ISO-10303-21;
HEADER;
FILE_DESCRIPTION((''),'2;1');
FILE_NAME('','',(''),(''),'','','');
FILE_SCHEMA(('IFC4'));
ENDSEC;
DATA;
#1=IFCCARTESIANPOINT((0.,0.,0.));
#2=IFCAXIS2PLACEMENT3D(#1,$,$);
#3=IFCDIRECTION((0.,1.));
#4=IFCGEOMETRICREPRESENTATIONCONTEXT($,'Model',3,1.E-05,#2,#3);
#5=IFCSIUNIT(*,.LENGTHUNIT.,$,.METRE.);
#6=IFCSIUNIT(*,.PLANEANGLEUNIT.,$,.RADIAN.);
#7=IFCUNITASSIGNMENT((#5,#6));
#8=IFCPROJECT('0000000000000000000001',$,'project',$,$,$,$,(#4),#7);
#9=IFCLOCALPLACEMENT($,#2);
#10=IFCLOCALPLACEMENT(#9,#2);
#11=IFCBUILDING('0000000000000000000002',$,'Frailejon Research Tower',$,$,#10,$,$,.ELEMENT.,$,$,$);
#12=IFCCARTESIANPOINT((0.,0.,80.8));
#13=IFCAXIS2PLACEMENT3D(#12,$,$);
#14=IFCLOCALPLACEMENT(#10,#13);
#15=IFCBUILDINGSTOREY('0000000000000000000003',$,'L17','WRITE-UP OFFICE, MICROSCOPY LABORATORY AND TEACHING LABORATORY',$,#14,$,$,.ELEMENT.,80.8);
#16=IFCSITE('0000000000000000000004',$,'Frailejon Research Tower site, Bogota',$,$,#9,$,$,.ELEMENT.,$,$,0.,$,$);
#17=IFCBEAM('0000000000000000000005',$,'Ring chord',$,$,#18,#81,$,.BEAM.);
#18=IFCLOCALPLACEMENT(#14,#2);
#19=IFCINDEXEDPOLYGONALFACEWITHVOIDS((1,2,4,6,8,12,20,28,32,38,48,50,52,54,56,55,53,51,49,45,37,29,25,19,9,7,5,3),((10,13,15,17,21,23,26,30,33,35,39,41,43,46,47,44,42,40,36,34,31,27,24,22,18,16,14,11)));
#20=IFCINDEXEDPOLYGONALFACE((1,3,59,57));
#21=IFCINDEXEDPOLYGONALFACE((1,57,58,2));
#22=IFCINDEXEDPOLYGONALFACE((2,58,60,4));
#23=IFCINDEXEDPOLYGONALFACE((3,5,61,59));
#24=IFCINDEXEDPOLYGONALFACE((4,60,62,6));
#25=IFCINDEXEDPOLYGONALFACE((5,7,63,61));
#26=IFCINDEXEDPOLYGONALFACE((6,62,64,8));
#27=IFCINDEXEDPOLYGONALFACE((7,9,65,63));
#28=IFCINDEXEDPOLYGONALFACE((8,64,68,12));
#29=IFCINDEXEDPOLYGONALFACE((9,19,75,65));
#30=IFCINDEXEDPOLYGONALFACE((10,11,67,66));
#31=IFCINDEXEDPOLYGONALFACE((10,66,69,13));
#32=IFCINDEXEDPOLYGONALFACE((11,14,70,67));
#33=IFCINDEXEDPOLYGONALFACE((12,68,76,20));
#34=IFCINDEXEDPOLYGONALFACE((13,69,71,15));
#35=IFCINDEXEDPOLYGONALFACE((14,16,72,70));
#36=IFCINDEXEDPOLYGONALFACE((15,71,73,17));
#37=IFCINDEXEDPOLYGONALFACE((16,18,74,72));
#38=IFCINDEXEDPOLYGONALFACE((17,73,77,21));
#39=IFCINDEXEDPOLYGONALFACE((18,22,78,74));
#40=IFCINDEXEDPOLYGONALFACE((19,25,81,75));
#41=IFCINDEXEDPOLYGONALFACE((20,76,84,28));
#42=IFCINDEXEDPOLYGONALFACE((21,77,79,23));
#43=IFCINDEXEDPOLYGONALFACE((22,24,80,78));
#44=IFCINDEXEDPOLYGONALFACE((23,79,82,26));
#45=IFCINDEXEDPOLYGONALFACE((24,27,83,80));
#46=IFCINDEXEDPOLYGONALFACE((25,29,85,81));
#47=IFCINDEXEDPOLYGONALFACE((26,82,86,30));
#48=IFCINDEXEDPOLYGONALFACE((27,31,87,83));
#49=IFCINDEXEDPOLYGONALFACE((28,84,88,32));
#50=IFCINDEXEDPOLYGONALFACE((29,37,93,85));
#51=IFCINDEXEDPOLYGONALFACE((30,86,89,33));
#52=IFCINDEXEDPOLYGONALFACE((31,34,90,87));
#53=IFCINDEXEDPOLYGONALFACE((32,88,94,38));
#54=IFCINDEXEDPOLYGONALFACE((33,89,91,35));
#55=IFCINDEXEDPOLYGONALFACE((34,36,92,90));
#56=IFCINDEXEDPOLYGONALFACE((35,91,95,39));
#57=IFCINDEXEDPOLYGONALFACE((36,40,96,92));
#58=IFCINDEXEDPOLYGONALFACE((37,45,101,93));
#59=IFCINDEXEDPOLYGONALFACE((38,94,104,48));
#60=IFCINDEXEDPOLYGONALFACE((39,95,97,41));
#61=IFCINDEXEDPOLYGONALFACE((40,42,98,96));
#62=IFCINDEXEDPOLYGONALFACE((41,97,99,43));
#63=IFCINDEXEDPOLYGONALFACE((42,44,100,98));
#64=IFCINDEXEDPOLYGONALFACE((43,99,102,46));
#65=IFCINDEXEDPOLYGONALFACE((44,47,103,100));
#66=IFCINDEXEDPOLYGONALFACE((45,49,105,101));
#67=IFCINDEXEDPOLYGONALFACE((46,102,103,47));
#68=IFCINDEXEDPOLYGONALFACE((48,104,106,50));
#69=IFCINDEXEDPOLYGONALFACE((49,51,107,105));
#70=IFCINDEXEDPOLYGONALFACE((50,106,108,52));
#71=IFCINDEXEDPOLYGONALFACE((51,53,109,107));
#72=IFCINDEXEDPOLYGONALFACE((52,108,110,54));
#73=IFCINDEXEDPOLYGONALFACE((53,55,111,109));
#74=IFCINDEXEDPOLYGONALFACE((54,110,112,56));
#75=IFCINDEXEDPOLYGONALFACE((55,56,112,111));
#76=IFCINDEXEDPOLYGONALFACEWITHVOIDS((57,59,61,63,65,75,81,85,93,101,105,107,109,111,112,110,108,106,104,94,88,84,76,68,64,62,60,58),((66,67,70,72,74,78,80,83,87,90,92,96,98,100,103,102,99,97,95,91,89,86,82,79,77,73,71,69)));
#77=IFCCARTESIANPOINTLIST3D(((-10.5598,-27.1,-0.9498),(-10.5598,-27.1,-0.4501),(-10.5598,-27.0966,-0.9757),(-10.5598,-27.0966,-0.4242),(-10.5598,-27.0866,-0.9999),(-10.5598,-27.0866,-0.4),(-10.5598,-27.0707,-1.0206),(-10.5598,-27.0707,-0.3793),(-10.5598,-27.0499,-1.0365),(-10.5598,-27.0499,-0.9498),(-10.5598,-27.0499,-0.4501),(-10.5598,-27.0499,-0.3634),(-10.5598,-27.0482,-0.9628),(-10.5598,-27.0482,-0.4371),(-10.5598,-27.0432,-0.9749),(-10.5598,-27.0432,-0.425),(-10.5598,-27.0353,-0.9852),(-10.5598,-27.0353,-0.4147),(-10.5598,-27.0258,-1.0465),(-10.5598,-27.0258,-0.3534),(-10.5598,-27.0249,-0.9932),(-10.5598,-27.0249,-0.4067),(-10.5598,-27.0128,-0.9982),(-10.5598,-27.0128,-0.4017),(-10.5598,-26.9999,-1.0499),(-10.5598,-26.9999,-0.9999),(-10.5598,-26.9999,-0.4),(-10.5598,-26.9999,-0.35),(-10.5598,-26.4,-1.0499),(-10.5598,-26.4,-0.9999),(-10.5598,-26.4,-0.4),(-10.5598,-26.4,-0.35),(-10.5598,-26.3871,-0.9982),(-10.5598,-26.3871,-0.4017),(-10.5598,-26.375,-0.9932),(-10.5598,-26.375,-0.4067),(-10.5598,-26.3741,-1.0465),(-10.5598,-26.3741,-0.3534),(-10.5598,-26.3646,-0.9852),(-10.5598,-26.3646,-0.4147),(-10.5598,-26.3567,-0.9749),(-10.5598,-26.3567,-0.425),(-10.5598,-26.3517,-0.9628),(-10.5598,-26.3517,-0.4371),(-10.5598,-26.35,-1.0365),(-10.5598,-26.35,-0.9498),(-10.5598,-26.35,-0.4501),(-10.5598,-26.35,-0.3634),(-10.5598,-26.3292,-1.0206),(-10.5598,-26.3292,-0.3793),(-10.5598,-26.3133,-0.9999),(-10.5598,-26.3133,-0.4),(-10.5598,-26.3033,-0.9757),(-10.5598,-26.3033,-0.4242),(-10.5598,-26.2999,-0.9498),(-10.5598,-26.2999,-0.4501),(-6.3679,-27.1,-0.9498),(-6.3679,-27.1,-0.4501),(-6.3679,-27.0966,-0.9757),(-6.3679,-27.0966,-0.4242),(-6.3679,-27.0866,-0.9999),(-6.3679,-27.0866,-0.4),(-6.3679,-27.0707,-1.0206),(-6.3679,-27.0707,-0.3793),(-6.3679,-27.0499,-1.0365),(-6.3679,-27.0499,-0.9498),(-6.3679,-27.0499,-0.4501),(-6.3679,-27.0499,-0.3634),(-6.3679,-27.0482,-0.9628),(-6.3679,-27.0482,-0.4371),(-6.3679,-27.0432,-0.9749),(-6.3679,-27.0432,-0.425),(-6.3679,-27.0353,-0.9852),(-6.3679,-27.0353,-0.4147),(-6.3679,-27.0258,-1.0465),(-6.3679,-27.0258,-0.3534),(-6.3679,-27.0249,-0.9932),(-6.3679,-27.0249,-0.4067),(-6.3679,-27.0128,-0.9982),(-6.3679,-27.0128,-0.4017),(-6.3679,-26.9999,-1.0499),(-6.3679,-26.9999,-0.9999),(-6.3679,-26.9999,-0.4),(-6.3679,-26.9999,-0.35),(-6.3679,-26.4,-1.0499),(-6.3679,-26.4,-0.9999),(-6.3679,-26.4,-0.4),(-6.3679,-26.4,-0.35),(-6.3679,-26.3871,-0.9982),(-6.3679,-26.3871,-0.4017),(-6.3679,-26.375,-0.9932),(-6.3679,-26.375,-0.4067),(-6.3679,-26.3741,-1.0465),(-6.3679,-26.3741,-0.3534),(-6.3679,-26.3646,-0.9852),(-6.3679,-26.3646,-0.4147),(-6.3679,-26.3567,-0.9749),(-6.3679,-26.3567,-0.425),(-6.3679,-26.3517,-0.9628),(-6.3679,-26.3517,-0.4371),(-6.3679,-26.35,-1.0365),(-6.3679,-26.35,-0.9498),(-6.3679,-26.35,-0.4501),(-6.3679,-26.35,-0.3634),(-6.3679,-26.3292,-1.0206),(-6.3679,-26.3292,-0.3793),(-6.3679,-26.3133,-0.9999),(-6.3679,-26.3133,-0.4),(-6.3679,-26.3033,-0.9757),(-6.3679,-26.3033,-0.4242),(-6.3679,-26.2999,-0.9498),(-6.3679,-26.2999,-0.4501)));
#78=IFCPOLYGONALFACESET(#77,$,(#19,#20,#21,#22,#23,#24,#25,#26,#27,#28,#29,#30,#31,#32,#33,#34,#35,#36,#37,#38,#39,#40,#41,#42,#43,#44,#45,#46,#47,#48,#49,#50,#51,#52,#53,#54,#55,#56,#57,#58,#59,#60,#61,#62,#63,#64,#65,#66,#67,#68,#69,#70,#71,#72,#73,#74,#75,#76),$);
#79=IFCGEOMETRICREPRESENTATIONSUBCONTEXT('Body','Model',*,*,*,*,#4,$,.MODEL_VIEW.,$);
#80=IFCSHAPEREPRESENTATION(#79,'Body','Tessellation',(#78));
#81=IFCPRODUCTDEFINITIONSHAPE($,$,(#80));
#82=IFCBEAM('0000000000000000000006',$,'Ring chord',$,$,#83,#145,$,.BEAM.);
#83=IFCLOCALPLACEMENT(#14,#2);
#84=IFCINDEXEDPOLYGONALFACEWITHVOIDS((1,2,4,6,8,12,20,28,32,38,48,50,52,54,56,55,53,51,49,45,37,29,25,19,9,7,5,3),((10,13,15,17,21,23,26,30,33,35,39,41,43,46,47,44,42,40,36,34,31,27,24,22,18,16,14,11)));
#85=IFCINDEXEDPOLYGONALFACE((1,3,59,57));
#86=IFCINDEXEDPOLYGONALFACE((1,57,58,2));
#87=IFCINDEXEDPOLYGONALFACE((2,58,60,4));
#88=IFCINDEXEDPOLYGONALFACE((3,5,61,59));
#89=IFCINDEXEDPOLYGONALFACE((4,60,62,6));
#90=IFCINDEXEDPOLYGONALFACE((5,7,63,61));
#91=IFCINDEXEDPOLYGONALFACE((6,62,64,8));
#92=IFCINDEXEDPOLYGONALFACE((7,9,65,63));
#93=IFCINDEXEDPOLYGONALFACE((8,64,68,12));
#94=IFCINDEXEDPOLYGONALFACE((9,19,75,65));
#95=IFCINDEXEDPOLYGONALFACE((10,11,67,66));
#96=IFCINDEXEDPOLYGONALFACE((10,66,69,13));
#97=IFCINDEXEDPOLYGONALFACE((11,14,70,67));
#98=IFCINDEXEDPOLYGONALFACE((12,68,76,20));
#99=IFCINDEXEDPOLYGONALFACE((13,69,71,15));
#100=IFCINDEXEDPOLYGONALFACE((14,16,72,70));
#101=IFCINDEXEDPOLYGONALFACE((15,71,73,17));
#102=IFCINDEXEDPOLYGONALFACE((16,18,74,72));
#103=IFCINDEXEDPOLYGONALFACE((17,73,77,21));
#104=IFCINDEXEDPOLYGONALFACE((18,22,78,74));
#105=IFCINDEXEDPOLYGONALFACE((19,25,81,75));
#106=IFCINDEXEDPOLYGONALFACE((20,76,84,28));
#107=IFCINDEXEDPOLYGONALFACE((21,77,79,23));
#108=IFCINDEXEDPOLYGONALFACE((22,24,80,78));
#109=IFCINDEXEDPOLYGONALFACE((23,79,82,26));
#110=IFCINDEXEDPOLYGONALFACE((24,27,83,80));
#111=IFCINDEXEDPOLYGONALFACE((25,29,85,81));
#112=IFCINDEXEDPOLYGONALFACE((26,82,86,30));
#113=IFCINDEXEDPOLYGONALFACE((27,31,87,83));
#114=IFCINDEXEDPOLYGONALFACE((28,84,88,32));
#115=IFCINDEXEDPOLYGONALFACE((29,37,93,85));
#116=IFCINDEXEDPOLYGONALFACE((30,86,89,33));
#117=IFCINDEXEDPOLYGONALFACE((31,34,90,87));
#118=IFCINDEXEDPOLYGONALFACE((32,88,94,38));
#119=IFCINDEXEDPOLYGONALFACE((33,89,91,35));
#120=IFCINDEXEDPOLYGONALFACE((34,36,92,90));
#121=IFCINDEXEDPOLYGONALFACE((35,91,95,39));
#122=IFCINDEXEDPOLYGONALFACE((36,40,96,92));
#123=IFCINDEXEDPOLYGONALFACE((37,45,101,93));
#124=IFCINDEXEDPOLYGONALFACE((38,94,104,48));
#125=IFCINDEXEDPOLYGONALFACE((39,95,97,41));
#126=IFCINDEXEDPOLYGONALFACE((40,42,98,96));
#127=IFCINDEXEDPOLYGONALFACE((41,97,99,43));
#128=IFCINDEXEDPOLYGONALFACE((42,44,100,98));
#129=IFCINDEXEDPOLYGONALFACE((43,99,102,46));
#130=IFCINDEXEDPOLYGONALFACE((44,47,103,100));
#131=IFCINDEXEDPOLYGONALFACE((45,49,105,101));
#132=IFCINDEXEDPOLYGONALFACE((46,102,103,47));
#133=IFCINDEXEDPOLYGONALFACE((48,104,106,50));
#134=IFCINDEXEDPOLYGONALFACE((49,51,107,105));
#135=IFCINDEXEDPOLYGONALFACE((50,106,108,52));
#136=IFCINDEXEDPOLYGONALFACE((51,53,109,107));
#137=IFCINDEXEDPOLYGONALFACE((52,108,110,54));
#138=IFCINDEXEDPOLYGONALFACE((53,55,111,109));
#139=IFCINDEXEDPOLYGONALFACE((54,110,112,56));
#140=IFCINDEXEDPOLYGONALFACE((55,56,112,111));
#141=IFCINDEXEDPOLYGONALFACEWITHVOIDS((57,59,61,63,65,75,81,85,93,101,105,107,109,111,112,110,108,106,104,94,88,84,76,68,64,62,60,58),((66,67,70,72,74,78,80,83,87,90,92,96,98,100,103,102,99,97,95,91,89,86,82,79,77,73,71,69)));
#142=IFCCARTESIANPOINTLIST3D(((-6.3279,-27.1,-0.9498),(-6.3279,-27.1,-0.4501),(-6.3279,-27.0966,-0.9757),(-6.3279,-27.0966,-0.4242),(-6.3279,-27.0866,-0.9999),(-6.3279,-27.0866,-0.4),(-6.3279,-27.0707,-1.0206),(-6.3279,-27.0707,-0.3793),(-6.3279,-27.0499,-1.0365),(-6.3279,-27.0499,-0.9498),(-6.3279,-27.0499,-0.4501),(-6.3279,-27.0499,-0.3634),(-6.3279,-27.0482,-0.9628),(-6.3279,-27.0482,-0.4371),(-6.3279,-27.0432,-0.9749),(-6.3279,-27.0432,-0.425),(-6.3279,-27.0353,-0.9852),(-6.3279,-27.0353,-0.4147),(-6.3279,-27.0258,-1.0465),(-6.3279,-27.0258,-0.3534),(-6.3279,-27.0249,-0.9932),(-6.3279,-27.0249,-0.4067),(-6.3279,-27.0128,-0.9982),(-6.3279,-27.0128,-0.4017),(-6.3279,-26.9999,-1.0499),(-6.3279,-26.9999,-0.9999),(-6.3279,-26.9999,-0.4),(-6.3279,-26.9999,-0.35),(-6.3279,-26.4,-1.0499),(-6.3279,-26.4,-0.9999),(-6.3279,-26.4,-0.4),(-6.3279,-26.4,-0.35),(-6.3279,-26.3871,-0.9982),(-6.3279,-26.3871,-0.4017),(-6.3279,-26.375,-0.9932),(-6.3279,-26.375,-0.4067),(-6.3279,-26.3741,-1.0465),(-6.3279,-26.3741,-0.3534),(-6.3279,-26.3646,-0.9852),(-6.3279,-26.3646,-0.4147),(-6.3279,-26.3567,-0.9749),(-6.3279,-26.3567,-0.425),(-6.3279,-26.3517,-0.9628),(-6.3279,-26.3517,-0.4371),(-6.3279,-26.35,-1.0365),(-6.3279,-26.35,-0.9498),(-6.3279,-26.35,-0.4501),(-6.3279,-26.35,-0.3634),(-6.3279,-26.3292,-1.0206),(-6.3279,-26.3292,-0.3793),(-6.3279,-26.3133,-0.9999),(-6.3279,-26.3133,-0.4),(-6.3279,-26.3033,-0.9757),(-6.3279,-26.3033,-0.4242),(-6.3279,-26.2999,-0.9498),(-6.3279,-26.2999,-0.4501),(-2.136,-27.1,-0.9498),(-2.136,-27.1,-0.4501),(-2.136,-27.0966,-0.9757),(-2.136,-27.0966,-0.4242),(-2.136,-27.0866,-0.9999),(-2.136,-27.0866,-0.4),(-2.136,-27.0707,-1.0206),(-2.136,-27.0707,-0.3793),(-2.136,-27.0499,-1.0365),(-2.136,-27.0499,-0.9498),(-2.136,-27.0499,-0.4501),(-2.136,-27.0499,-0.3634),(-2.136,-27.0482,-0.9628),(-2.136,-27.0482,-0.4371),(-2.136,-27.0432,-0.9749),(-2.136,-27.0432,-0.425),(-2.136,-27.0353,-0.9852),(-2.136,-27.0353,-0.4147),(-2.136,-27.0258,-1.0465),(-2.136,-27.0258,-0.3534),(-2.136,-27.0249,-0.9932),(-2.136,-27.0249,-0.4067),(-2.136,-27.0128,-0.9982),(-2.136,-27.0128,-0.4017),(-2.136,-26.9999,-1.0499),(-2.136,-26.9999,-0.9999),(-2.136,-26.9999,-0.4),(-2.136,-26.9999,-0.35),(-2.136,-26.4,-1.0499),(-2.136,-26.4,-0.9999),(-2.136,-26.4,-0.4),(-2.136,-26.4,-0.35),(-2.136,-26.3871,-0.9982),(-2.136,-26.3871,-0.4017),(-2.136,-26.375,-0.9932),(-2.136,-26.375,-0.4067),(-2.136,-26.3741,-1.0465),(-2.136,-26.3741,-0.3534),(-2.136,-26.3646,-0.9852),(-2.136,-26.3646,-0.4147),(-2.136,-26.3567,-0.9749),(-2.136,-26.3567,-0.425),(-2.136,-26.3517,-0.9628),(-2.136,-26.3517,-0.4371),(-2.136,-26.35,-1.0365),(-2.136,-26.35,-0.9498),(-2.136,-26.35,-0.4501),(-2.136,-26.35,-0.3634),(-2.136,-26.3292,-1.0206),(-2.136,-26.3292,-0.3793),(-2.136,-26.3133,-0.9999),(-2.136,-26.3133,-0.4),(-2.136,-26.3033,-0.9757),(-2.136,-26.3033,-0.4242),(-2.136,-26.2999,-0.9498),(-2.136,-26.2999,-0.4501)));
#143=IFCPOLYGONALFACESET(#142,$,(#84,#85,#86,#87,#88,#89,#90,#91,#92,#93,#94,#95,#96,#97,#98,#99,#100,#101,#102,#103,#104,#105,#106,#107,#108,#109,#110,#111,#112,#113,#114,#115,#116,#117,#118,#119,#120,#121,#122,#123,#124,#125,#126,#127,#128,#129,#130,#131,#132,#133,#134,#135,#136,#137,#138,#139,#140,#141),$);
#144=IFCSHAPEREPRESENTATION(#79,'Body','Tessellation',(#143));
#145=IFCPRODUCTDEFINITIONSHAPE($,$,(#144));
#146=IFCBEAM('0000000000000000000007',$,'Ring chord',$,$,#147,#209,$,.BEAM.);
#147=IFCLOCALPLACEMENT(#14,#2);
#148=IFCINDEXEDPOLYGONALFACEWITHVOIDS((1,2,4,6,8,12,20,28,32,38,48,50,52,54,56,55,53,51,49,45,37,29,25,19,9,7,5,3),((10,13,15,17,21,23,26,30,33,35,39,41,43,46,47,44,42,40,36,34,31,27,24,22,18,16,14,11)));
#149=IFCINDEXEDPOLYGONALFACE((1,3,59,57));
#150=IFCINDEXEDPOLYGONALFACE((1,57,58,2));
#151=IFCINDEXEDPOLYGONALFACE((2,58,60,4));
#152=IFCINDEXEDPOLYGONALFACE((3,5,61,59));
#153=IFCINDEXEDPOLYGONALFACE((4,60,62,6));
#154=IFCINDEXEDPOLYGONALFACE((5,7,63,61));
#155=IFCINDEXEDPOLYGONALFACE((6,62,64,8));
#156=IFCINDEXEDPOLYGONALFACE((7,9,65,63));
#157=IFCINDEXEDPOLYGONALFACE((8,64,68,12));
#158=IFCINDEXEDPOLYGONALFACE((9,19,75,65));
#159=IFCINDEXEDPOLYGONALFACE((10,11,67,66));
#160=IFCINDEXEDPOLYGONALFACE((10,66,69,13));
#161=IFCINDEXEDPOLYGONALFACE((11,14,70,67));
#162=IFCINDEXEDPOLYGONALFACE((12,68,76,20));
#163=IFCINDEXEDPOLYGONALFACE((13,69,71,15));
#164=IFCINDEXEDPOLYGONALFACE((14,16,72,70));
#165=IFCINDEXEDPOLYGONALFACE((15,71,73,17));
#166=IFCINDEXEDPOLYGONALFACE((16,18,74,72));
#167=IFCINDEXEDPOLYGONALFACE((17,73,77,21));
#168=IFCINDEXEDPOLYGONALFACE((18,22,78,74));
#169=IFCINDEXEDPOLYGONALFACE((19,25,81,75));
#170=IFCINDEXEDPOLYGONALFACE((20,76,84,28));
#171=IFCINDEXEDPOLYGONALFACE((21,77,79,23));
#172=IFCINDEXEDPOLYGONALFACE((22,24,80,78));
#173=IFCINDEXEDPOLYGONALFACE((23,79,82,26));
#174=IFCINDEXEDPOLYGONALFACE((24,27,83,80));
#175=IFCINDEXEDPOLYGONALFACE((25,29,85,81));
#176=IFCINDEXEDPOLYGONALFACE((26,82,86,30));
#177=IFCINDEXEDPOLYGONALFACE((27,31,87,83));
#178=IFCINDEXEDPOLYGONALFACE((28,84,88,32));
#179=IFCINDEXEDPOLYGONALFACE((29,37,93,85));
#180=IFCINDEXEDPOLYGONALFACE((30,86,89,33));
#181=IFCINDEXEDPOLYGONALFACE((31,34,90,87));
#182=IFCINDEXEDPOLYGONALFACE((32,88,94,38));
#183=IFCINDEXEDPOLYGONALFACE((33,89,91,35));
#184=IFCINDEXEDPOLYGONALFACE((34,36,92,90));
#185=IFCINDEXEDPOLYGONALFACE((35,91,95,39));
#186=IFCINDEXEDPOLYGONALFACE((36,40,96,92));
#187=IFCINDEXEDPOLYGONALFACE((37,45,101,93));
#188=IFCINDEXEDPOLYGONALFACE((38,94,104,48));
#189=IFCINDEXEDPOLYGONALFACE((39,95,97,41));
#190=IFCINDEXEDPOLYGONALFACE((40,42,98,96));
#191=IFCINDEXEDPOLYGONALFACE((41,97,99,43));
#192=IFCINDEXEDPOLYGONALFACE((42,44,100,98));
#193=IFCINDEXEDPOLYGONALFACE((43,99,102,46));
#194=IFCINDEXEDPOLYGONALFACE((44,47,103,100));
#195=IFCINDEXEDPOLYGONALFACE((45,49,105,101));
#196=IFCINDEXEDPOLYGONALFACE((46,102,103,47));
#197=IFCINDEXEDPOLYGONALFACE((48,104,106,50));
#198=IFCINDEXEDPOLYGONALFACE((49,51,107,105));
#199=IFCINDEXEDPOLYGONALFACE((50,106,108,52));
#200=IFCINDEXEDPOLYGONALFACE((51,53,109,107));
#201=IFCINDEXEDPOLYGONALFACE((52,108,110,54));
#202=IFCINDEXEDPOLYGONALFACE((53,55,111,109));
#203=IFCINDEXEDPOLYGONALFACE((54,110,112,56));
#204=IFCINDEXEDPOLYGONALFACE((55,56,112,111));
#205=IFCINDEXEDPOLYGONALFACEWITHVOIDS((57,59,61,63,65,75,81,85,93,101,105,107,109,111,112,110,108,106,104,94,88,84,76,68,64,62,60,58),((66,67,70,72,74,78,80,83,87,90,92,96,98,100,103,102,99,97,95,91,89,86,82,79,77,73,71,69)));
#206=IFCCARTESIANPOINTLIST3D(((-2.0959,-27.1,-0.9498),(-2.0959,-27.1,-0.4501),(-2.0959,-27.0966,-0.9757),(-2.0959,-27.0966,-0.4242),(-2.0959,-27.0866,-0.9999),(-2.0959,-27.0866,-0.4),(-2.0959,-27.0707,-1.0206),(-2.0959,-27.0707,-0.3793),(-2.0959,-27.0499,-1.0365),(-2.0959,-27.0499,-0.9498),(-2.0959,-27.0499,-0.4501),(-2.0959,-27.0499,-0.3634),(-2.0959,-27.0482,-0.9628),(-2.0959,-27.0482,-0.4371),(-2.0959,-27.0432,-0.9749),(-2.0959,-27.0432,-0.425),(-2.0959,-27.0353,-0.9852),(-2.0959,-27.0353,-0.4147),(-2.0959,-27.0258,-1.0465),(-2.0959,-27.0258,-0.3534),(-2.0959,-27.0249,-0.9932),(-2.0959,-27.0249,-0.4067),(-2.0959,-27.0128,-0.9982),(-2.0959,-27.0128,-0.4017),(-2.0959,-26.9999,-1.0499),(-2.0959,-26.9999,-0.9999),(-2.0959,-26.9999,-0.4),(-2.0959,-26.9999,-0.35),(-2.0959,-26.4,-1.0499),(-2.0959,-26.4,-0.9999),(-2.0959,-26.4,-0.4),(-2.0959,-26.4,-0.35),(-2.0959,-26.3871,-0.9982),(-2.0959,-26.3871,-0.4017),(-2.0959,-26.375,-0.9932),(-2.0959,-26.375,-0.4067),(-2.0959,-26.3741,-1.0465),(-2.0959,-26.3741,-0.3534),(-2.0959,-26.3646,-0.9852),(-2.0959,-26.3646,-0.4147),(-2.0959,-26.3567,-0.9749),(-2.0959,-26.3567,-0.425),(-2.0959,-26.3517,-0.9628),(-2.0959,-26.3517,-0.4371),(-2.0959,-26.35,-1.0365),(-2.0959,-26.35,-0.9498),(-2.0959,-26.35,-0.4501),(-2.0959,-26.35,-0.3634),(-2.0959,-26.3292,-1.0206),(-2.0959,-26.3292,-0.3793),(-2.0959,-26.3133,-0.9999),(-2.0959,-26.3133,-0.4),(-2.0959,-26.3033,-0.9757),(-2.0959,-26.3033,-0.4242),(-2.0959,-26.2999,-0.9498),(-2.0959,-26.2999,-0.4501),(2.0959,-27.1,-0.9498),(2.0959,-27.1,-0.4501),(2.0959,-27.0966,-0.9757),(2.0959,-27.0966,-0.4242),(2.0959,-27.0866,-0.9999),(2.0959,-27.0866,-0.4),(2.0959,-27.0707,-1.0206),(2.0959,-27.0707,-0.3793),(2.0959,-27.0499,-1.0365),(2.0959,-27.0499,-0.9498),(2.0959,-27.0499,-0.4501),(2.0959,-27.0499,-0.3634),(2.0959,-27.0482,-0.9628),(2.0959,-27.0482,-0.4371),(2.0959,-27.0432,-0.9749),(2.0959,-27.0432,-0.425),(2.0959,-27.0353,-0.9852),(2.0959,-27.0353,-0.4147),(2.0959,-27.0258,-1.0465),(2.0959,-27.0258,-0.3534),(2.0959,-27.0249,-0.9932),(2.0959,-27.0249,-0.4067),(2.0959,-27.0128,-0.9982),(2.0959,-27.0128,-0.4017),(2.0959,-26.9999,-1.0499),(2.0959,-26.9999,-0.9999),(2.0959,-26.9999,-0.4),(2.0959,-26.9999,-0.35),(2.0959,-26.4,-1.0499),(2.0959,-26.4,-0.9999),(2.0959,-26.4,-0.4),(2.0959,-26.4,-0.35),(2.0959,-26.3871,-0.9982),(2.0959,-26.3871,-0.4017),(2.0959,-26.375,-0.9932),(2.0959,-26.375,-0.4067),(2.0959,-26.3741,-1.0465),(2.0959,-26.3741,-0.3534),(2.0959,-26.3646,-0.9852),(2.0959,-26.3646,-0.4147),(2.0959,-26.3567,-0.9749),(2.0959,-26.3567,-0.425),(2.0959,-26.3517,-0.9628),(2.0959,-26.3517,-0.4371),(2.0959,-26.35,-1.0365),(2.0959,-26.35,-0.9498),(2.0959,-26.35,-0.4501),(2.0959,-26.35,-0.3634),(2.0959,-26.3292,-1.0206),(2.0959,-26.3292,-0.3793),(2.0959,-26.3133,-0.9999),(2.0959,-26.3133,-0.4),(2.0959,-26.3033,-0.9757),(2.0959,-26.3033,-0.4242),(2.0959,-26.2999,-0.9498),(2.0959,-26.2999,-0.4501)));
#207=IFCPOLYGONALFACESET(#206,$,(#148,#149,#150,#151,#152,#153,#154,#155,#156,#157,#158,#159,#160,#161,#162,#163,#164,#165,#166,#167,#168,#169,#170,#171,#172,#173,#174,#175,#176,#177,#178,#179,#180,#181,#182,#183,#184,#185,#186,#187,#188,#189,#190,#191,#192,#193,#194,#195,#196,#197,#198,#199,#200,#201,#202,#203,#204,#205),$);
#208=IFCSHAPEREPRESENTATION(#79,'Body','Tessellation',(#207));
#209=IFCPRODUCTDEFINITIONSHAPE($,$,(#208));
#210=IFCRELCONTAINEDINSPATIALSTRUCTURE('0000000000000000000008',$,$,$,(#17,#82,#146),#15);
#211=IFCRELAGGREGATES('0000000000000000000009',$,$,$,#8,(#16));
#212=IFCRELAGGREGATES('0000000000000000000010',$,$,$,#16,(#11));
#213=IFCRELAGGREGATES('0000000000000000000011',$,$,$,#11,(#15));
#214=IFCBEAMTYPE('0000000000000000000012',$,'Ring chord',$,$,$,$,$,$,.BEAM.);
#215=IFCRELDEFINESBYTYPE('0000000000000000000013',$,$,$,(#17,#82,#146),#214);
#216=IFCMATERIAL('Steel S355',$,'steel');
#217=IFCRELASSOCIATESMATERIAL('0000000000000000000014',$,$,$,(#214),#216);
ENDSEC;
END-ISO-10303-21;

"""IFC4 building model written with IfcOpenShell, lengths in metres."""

from ifc_helpers import new_model, si_unit, direction, frame, origin, origin_2d, place, context, subcontext, project, spatial, hollow_rectangle, extrude, material, material_profile, profile_set, type_object, element, save


model = new_model("IFC4")

# Units and contexts
model_context = context("Model", 3, precision=1e-05, world=origin(), true_north=direction((0.0, 1.0)))
body_context = subcontext(model_context, "Body", "Model", "MODEL_VIEW")
ifc_project = project(units=[si_unit("LENGTHUNIT", "METRE"), si_unit("PLANEANGLEUNIT", "RADIAN")], contexts=[model_context])

# Site, building, storey
site_placement = place(None, origin())
site = spatial("IfcSite", under=ifc_project, at=site_placement, Name="Frailejon Research Tower site, Bogota", CompositionType="ELEMENT", RefElevation=0.0)
building_placement = place(site_placement, origin())
building = spatial("IfcBuilding", under=site, at=building_placement, Name="Frailejon Research Tower", CompositionType="ELEMENT")
storey_placement = place(building_placement, frame((0.0, 0.0, 80.8)))
storey = spatial("IfcBuildingStorey", under=building, at=storey_placement, Name="L17", Description="WRITE-UP OFFICE, MICROSCOPY LABORATORY AND TEACHING LABORATORY", CompositionType="ELEMENT", Elevation=80.8)

# Beams
ifc_material_1 = material(Name="Steel S355", Category="steel")
ifc_material_profile_1 = material_profile(ifc_material_1, hollow_rectangle(XDim=0.8, YDim=0.7, WallThickness=0.05, InnerFilletRadius=0.05, OuterFilletRadius=0.1001, at=origin_2d()), Name="Ring chord")
ifc_profile_set_1 = profile_set([ifc_material_profile_1], Name="Steel S355")
beam_type_1 = type_object("IfcBeamType", Name="Ring chord", PredefinedType="BEAM", material=ifc_profile_set_1)
for number, where, z_axis, x_axis, name in (
    (1, (-10.5598, -26.7, -0.7), (1.0, 0.0, 0.0), (0.0, 1.0, 0.0), "Ring chord"),
    (2, (-6.3279, -26.7, -0.7), (1.0, 0.0, 0.0), (0.0, 1.0, 0.0), "Ring chord"),
    (3, (-2.0959, -26.7, -0.7), (1.0, 0.0, 0.0), (0.0, 1.0, 0.0), "Ring chord"),
):
    element("IfcBeam", number, at=place(storey_placement, frame(where, z_axis=z_axis, x_axis=x_axis)), inside=storey, type_object=beam_type_1, Name=name, PredefinedType="BEAM", context=body_context, shape_type="SweptSolid", body=[
        extrude(hollow_rectangle(XDim=0.8, YDim=0.7, WallThickness=0.05, InnerFilletRadius=0.05, OuterFilletRadius=0.1001, at=origin_2d()), origin(), (0.0, 0.0, 1.0), 4.1919),
    ])

save(model, "model.ifc")
